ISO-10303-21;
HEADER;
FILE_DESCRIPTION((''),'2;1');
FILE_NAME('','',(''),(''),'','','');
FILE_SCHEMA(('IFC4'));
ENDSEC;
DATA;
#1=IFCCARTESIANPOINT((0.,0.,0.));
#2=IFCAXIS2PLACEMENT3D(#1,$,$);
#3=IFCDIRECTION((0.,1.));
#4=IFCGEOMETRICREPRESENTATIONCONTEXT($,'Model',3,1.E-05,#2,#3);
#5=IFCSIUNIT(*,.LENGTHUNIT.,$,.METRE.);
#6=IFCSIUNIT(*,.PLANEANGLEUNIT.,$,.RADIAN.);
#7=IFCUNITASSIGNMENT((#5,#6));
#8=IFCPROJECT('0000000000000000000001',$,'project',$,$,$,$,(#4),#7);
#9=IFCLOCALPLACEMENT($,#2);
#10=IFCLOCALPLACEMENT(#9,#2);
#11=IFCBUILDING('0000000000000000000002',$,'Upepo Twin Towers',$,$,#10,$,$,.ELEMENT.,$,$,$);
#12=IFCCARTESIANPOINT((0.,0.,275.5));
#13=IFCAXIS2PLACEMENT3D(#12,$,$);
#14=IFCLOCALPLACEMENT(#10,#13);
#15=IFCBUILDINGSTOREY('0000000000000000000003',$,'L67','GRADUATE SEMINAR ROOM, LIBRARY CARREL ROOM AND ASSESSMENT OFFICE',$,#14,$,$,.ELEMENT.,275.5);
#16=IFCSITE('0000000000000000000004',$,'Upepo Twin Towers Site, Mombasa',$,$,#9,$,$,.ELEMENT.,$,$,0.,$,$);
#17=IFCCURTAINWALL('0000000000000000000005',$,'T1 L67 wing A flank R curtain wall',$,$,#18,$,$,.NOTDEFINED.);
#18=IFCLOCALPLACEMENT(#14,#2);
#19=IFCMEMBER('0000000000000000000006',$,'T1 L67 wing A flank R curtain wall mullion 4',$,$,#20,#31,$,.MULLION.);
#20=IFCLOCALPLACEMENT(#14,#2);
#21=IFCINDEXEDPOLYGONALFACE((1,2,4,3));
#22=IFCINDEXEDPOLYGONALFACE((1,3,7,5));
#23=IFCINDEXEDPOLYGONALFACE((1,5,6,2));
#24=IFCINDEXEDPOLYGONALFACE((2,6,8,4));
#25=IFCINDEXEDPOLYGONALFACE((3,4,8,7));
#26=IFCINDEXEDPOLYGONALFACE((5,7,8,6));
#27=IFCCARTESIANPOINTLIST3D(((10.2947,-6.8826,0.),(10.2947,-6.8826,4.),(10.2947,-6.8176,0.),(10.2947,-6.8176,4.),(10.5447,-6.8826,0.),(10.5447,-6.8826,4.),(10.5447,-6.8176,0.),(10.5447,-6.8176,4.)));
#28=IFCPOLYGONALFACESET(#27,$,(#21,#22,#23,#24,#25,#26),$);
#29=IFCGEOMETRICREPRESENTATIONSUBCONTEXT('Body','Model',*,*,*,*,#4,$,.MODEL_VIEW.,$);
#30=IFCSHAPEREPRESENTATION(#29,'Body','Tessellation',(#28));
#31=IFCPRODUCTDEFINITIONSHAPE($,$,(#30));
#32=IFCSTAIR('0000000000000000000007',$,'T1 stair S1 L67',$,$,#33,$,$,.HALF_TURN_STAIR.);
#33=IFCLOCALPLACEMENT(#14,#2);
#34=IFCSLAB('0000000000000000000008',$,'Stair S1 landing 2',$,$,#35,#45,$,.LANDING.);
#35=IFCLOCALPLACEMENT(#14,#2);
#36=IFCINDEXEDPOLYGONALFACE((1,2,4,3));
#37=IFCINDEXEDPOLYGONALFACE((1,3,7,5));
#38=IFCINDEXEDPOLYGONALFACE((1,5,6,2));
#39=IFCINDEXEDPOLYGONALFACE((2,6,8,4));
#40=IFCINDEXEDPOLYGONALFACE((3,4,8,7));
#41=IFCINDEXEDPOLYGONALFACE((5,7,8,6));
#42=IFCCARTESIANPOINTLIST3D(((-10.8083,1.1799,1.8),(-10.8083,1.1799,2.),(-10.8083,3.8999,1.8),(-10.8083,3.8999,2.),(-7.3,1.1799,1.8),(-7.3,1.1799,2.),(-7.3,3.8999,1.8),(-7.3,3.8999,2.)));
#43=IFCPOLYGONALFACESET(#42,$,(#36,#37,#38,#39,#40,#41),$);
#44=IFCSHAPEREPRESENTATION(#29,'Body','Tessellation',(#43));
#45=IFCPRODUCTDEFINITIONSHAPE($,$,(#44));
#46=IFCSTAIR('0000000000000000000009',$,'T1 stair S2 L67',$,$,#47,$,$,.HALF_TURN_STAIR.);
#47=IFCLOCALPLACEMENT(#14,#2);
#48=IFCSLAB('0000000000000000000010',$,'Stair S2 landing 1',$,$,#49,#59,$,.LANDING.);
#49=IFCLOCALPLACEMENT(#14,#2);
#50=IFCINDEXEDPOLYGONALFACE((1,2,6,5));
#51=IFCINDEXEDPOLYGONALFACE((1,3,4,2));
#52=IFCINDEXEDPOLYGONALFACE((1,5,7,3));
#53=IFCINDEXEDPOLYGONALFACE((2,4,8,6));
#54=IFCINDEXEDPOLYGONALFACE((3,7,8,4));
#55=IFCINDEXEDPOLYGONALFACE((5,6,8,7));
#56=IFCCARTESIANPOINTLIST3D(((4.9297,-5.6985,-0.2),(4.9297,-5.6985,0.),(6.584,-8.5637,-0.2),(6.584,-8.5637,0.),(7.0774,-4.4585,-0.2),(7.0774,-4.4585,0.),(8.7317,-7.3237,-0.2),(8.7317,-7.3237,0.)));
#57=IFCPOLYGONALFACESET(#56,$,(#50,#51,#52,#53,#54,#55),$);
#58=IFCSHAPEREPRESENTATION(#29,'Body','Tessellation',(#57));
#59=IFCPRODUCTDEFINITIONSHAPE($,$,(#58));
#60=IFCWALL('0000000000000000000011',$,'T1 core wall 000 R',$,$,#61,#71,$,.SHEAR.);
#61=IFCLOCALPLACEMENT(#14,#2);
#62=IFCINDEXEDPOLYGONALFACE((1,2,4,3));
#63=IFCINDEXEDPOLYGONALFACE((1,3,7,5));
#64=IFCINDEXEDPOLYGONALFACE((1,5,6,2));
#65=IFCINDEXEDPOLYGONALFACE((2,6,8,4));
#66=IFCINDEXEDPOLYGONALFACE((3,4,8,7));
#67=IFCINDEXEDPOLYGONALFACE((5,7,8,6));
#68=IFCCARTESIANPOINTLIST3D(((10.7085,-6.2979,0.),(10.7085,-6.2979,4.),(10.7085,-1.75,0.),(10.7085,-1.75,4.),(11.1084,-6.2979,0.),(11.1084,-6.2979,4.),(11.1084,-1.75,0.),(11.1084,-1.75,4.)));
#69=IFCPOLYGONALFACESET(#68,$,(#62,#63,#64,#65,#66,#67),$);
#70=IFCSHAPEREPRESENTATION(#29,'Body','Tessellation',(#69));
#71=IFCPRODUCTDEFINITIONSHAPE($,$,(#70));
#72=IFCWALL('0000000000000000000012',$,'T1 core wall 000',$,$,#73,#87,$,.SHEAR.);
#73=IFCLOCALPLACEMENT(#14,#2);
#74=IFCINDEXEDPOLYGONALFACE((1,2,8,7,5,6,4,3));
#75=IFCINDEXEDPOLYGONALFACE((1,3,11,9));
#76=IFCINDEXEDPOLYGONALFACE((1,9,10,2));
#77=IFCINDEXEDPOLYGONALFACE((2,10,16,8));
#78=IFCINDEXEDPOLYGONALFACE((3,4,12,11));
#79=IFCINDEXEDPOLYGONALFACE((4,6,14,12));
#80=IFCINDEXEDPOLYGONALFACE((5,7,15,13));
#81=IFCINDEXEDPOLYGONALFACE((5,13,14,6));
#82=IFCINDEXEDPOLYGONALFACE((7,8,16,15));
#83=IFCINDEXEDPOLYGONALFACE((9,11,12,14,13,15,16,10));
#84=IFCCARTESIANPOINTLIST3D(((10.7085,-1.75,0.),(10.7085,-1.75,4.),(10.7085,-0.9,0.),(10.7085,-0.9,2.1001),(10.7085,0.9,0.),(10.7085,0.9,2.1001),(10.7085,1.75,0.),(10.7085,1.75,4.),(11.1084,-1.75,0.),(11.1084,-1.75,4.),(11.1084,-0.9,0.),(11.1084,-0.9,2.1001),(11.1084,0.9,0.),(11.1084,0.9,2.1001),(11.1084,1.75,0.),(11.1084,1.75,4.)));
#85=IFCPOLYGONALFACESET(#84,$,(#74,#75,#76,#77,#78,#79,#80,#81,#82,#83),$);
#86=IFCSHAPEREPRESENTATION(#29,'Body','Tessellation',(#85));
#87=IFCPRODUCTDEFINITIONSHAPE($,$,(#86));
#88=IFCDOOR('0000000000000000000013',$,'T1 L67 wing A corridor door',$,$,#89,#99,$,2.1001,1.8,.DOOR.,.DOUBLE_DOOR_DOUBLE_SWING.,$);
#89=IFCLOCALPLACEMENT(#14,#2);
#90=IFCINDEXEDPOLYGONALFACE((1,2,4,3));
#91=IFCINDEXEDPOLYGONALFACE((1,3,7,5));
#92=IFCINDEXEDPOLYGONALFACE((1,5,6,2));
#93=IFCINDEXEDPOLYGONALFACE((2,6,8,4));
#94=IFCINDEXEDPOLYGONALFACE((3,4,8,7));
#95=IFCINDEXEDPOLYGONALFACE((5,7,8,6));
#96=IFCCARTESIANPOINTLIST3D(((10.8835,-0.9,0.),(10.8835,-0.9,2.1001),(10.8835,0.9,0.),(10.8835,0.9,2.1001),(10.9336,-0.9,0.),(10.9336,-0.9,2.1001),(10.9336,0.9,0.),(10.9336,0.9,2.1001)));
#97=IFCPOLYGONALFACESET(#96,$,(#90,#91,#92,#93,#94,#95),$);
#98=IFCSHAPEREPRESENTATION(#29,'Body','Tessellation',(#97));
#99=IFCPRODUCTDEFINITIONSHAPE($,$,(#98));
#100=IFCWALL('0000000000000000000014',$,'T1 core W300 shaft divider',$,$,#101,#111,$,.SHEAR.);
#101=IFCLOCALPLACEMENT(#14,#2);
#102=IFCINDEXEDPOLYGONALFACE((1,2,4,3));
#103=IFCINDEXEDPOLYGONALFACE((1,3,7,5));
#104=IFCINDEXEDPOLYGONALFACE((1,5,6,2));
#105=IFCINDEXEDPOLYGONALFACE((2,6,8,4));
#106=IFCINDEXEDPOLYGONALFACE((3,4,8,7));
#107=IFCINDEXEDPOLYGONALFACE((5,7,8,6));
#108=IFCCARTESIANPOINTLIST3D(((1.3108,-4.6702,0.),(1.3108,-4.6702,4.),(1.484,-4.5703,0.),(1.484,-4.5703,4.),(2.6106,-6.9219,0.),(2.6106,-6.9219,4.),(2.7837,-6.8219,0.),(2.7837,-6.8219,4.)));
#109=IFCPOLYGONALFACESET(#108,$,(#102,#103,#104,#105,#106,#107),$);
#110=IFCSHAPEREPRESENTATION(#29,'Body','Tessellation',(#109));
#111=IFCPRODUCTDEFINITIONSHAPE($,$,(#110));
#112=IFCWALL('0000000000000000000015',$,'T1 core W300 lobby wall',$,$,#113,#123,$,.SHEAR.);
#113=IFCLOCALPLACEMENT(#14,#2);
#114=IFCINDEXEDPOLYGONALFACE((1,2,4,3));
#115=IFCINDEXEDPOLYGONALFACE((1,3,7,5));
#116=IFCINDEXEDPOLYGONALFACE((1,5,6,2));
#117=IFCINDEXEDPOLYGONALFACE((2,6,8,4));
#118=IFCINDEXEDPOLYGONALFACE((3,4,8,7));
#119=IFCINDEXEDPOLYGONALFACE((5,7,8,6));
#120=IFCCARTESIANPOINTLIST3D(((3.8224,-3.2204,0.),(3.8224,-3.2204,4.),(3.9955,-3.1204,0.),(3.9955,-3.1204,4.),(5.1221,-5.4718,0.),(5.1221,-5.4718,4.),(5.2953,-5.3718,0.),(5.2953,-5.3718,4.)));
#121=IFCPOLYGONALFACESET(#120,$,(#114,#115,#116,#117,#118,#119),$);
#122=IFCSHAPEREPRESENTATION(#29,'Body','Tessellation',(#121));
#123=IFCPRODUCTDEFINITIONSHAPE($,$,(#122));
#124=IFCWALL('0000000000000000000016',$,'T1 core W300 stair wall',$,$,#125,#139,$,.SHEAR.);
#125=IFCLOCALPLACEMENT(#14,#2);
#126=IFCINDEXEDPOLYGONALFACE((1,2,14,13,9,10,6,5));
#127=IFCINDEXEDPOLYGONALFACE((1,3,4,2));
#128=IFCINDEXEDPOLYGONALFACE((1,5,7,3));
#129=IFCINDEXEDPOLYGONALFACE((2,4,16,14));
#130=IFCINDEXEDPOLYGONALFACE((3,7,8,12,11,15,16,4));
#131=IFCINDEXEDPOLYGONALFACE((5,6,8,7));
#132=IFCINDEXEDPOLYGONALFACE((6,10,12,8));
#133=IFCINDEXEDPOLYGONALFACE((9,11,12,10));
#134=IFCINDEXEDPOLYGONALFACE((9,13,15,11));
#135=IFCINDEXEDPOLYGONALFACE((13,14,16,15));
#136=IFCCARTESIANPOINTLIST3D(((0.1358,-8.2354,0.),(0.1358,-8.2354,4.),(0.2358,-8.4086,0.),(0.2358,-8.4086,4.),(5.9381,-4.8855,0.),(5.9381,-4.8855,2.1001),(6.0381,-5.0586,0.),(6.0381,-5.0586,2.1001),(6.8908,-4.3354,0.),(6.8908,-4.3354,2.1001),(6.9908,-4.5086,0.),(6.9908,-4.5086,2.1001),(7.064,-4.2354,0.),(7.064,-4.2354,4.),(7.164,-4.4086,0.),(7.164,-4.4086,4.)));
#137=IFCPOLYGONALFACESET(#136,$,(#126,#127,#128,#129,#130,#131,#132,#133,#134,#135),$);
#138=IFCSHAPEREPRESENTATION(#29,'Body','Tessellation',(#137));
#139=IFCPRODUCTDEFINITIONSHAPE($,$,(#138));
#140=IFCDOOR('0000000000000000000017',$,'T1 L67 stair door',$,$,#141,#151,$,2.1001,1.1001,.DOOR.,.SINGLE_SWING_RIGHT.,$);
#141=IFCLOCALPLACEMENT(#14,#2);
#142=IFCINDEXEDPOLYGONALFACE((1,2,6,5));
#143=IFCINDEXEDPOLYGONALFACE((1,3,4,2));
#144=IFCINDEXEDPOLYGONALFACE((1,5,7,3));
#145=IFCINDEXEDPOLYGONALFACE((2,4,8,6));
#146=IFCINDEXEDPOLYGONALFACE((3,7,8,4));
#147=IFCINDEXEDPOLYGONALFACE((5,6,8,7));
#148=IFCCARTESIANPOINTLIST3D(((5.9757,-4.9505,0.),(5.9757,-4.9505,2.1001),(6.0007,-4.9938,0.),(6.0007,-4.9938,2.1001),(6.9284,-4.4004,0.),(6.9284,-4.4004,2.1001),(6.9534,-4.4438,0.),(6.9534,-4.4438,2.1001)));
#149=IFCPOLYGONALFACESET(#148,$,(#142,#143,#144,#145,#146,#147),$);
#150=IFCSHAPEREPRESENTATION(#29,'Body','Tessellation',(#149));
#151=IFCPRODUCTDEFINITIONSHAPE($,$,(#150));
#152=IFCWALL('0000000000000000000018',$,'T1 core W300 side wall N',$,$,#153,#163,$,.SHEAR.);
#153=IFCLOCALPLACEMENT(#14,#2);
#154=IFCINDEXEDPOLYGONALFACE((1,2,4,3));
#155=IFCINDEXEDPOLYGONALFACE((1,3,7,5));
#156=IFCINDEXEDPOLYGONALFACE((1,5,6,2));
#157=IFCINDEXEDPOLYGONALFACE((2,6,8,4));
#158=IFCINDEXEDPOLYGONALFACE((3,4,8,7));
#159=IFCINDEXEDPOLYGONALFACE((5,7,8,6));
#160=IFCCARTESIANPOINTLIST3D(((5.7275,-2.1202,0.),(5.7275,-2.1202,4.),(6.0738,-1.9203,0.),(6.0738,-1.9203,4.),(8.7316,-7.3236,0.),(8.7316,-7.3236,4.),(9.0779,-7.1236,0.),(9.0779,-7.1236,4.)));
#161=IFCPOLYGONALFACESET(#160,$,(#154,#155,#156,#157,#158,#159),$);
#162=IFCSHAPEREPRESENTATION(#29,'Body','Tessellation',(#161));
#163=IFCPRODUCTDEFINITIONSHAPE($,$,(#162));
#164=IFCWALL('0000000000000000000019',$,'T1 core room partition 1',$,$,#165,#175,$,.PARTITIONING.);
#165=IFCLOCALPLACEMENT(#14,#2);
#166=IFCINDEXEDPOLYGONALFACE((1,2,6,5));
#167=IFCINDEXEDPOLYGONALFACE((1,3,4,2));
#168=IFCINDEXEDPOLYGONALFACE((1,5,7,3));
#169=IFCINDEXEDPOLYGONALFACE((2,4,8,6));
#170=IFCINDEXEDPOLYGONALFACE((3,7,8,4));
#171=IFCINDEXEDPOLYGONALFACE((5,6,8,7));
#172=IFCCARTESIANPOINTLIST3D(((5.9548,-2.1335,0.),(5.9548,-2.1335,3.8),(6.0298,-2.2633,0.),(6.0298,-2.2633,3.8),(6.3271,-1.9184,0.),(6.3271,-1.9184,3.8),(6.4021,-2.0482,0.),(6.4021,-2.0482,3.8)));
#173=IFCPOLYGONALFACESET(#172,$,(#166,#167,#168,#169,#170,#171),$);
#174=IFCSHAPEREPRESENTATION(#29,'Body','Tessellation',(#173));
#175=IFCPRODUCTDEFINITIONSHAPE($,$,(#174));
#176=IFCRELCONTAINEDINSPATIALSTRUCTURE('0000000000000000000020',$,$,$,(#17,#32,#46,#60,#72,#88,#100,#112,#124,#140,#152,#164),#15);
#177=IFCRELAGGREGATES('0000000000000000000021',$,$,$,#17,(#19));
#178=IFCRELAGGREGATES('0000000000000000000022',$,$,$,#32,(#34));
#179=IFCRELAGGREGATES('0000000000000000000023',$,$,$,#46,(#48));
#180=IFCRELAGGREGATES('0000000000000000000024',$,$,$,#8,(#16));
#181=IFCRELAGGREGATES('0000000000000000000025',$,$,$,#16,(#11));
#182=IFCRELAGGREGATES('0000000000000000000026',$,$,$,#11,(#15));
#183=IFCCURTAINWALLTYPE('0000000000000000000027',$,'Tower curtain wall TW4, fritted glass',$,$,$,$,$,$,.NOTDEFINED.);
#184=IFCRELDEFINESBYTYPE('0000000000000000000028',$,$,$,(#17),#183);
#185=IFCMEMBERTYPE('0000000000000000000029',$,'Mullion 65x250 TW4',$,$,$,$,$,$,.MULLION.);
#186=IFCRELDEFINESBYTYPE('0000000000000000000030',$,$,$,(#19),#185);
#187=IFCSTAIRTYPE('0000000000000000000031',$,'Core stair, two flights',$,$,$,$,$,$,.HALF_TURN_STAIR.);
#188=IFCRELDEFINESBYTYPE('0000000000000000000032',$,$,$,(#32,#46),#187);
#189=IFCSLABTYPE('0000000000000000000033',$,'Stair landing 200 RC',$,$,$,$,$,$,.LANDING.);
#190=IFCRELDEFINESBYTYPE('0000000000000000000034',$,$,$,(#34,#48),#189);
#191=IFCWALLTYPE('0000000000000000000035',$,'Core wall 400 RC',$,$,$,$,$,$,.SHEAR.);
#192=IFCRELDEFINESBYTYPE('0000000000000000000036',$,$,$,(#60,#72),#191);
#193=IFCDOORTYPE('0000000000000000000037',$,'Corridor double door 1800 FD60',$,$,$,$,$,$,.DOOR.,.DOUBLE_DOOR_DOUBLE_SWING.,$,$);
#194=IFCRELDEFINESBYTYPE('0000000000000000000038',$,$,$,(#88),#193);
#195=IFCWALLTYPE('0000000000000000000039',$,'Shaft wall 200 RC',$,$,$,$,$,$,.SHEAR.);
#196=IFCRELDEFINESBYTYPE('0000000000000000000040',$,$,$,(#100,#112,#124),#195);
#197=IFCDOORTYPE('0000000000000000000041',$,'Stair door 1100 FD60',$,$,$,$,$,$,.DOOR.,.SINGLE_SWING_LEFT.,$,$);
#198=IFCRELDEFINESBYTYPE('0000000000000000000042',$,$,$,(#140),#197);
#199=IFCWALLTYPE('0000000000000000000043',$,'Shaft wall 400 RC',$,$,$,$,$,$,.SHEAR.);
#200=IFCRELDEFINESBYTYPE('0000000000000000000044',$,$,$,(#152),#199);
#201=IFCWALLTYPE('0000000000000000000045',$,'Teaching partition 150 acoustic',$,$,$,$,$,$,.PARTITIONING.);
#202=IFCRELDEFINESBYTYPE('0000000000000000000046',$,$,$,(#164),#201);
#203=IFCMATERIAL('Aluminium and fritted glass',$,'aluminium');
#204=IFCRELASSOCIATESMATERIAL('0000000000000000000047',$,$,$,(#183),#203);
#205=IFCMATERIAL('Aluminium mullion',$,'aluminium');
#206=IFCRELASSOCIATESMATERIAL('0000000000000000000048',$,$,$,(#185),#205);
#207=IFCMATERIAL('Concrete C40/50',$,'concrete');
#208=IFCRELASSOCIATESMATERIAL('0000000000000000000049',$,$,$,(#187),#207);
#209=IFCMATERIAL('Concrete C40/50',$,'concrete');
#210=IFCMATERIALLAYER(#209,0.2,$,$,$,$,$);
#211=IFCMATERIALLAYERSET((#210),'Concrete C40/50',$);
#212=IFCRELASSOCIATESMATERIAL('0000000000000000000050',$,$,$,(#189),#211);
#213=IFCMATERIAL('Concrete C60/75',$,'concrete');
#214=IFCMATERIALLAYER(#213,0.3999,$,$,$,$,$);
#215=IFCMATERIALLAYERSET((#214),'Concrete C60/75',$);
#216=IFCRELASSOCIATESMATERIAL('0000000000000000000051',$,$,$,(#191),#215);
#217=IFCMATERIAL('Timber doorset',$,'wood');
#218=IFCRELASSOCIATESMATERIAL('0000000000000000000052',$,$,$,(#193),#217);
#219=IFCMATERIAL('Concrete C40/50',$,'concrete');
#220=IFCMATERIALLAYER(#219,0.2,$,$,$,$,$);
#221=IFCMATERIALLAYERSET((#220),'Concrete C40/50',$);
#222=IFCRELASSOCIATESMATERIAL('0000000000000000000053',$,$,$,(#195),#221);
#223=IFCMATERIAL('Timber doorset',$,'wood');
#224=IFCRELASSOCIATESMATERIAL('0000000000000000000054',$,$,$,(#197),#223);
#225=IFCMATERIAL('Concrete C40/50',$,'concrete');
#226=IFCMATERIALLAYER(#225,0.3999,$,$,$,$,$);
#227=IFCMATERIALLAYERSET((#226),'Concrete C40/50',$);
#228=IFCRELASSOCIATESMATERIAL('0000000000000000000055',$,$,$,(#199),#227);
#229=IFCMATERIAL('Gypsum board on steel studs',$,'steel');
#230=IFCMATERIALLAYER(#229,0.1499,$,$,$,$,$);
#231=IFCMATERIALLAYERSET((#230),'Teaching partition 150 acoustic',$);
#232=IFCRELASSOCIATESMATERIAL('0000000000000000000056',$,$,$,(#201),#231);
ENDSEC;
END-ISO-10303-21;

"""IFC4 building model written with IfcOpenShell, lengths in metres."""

from ifc_helpers import new_model, si_unit, direction, frame, frame_2d, origin, origin_2d, place, context, subcontext, project, spatial, polyline, rectangle, outline, extrude, material, layer, layer_set, material_profile, profile_set, type_object, element, fill, aggregate, save


model = new_model("IFC4")

# Units and contexts
model_context = context("Model", 3, precision=1e-05, world=origin(), true_north=direction((0.0, 1.0)))
body_context = subcontext(model_context, "Body", "Model", "MODEL_VIEW")
ifc_project = project(units=[si_unit("LENGTHUNIT", "METRE"), si_unit("PLANEANGLEUNIT", "RADIAN")], contexts=[model_context])

# Site, building, storey
site_placement = place(None, origin())
site = spatial("IfcSite", under=ifc_project, at=site_placement, Name="Upepo Twin Towers Site, Mombasa", CompositionType="ELEMENT", RefElevation=0.0)
building_placement = place(site_placement, origin())
building = spatial("IfcBuilding", under=site, at=building_placement, Name="Upepo Twin Towers", CompositionType="ELEMENT")
storey_placement = place(building_placement, frame((0.0, 0.0, 275.5)))
storey = spatial("IfcBuildingStorey", under=building, at=storey_placement, Name="L67", Description="GRADUATE SEMINAR ROOM, LIBRARY CARREL ROOM AND ASSESSMENT OFFICE", CompositionType="ELEMENT", Elevation=275.5)

# Curtain wall, member
ifc_material_1 = material(Name="Aluminium and fritted glass", Category="aluminium")
curtain_wall_type = type_object("IfcCurtainWallType", Name="Tower curtain wall TW4, fritted glass", PredefinedType="NOTDEFINED", material=ifc_material_1)
curtain_wall_placement = place(storey_placement, origin())
curtain_wall = element("IfcCurtainWall", 1, at=curtain_wall_placement, inside=storey, type_object=curtain_wall_type, Name="T1 L67 wing A flank R curtain wall", PredefinedType="NOTDEFINED")
ifc_material_2 = material(Name="Aluminium mullion", Category="aluminium")
ifc_material_profile = material_profile(ifc_material_2, rectangle(XDim=0.0649, YDim=0.25, at=origin_2d()), Name="MULLION 65x250")
ifc_profile_set = profile_set([ifc_material_profile], Name="Aluminium mullion")
member_type = type_object("IfcMemberType", Name="Mullion 65x250 TW4", PredefinedType="MULLION", material=ifc_profile_set)
member_placement = place(storey_placement, frame((10.4197, -6.8501, 0.0), z_axis=(0.0, 0.0, 1.0), x_axis=(0.0, -1.0, 0.0)))
member = element("IfcMember", 2, at=member_placement, type_object=member_type, Name="T1 L67 wing A flank R curtain wall mullion 4", PredefinedType="MULLION", context=body_context, shape_type="SweptSolid", body=[
    extrude(rectangle(XDim=0.0649, YDim=0.25, at=origin_2d()), origin(), (0.0, 0.0, 1.0), 4.0),
])
aggregate(curtain_wall, [member])

# Stairs, slabs
ifc_material_3 = material(Name="Concrete C40/50", Category="concrete")
stair_type = type_object("IfcStairType", Name="Core stair, two flights", PredefinedType="HALF_TURN_STAIR", material=ifc_material_3)
stair_1_placement = place(storey_placement, origin())
stair_1 = element("IfcStair", 3, at=stair_1_placement, inside=storey, type_object=stair_type, Name="T1 stair S1 L67", PredefinedType="HALF_TURN_STAIR")
ifc_material_4 = material(Name="Concrete C40/50", Category="concrete")
ifc_layer_1 = layer(ifc_material_4, 0.2)
ifc_layer_set_1 = layer_set([ifc_layer_1], Name="Concrete C40/50")
slab_type = type_object("IfcSlabType", Name="Stair landing 200 RC", PredefinedType="LANDING", material=ifc_layer_set_1)
slab_1_placement = place(storey_placement, frame((0.0, 0.0, 1.8)))
slab_1 = element("IfcSlab", 4, at=slab_1_placement, type_object=slab_type, Name="Stair S1 landing 2", PredefinedType="LANDING", context=body_context, shape_type="SweptSolid", body=[
    extrude(outline(polyline([(-7.3, 3.8999), (-10.8083, 3.8999), (-10.8083, 1.1799), (-7.3, 1.1799), (-7.3, 3.8999)])), origin(), (0.0, 0.0, 1.0), 0.2),
])
aggregate(stair_1, [slab_1])
stair_2_placement = place(storey_placement, origin())
stair_2 = element("IfcStair", 5, at=stair_2_placement, inside=storey, type_object=stair_type, Name="T1 stair S2 L67", PredefinedType="HALF_TURN_STAIR")
slab_2_placement = place(storey_placement, frame((0.0, 0.0, -0.2)))
slab_2 = element("IfcSlab", 6, at=slab_2_placement, type_object=slab_type, Name="Stair S2 landing 1", PredefinedType="LANDING", context=body_context, shape_type="SweptSolid", body=[
    extrude(outline(polyline([(4.9297, -5.6985), (6.584, -8.5637), (8.7317, -7.3237), (7.0774, -4.4585), (4.9297, -5.6985)])), origin(), (0.0, 0.0, 1.0), 0.2),
])

# Wall
ifc_material_5 = material(Name="Concrete C60/75", Category="concrete")
ifc_layer_2 = layer(ifc_material_5, 0.3999)
ifc_layer_set_2 = layer_set([ifc_layer_2], Name="Concrete C60/75")
wall_type_1 = type_object("IfcWallType", Name="Core wall 400 RC", PredefinedType="SHEAR", material=ifc_layer_set_2)
wall_1_placement = place(storey_placement, frame((10.9084, -6.2979, 0.0), z_axis=(0.0, 0.0, 1.0), x_axis=(0.0, 1.0, 0.0)))
element("IfcWall", 7, at=wall_1_placement, inside=storey, type_object=wall_type_1, Name="T1 core wall 000 R", PredefinedType="SHEAR", context=body_context, shape_type="SweptSolid", body=[
    extrude(rectangle(XDim=4.5479, YDim=0.3999, at=frame_2d((2.2739, 0.0))), origin(), (0.0, 0.0, 1.0), 4.0),
])

# Wall, opening, door
wall_2_placement = place(storey_placement, frame((10.9084, -1.75, 0.0), z_axis=(0.0, 0.0, 1.0), x_axis=(0.0, 1.0, 0.0)))
wall_2 = element("IfcWall", 8, at=wall_2_placement, inside=storey, type_object=wall_type_1, Name="T1 core wall 000", PredefinedType="SHEAR", context=body_context, shape_type="SweptSolid", body=[
    extrude(rectangle(XDim=3.5, YDim=0.3999, at=frame_2d((1.75, 0.0))), origin(), (0.0, 0.0, 1.0), 4.0),
])
opening_1_placement = place(wall_2_placement, frame((0.8501, 0.0, 0.0)))
opening_1 = element("IfcOpeningElement", 9, at=opening_1_placement, cuts=wall_2, PredefinedType="OPENING", context=body_context, shape_type="SweptSolid", body=[
    extrude(rectangle(XDim=1.8, YDim=2.1001, at=frame_2d((0.8999, 1.05))), frame((0.0, 0.21, 0.0), z_axis=(0.0, -1.0, 0.0), x_axis=(1.0, 0.0, 0.0)), (0.0, 0.0, 1.0), 0.4199),
])
ifc_material_6 = material(Name="Timber doorset", Category="wood")
door_type_1 = type_object("IfcDoorType", Name="Corridor double door 1800 FD60", OperationType="DOUBLE_DOOR_DOUBLE_SWING", PredefinedType="DOOR", material=ifc_material_6)
door_1_placement = place(opening_1_placement, origin())
door_1 = element("IfcDoor", 10, at=door_1_placement, inside=storey, type_object=door_type_1, Name="T1 L67 wing A corridor door", OperationType="DOUBLE_DOOR_DOUBLE_SWING", OverallHeight=2.1001, OverallWidth=1.8, PredefinedType="DOOR", context=body_context, shape_type="SweptSolid", body=[
    extrude(rectangle(XDim=1.8, YDim=2.1001, at=frame_2d((0.8999, 1.05))), frame((0.0, 0.0249, 0.0), z_axis=(0.0, -1.0, 0.0), x_axis=(1.0, 0.0, 0.0)), (0.0, 0.0, 1.0), 0.05),
])
fill(opening_1, door_1)

# Walls
ifc_material_7 = material(Name="Concrete C40/50", Category="concrete")
ifc_layer_3 = layer(ifc_material_7, 0.2)
ifc_layer_set_3 = layer_set([ifc_layer_3], Name="Concrete C40/50")
wall_type_2 = type_object("IfcWallType", Name="Shaft wall 200 RC", PredefinedType="SHEAR", material=ifc_layer_set_3)
wall_3_placement = place(storey_placement, frame((1.3975, -4.6204, 0.0), z_axis=(0.0, 0.0, 1.0), x_axis=(0.499937, -0.866062, 0.0)))
element("IfcWall", 11, at=wall_3_placement, inside=storey, type_object=wall_type_2, Name="T1 core W300 shaft divider", PredefinedType="SHEAR", context=body_context, shape_type="SweptSolid", body=[
    extrude(rectangle(XDim=2.5999, YDim=0.2, at=frame_2d((1.2998, 0.0))), origin(), (0.0, 0.0, 1.0), 4.0),
])
wall_4_placement = place(storey_placement, frame((3.9089, -3.1704, 0.0), z_axis=(0.0, 0.0, 1.0), x_axis=(0.499977, -0.866039, 0.0)))
element("IfcWall", 12, at=wall_4_placement, inside=storey, type_object=wall_type_2, Name="T1 core W300 lobby wall", PredefinedType="SHEAR", context=body_context, shape_type="SweptSolid", body=[
    extrude(rectangle(XDim=2.5996, YDim=0.2, at=frame_2d((1.2998, 0.0))), origin(), (0.0, 0.0, 1.0), 4.0),
])

# Wall, opening, door
wall_5_placement = place(storey_placement, frame((0.1858, -8.322, 0.0), z_axis=(0.0, 0.0, 1.0), x_axis=(0.866026, 0.499999, 0.0)))
wall_5 = element("IfcWall", 13, at=wall_5_placement, inside=storey, type_object=wall_type_2, Name="T1 core W300 stair wall", PredefinedType="SHEAR", context=body_context, shape_type="SweptSolid", body=[
    extrude(rectangle(XDim=8.0, YDim=0.2, at=frame_2d((4.0, 0.0))), origin(), (0.0, 0.0, 1.0), 4.0),
])
opening_2_placement = place(wall_5_placement, frame((6.7, 0.0, 0.0)))
opening_2 = element("IfcOpeningElement", 14, at=opening_2_placement, cuts=wall_5, PredefinedType="OPENING", context=body_context, shape_type="SweptSolid", body=[
    extrude(rectangle(XDim=1.1001, YDim=2.1001, at=frame_2d((0.55, 1.05))), frame((0.0, 0.1099, 0.0), z_axis=(0.0, -1.0, 0.0), x_axis=(1.0, 0.0, 0.0)), (0.0, 0.0, 1.0), 0.22),
])
ifc_material_8 = material(Name="Timber doorset", Category="wood")
door_type_2 = type_object("IfcDoorType", Name="Stair door 1100 FD60", OperationType="SINGLE_SWING_LEFT", PredefinedType="DOOR", material=ifc_material_8)
door_2_placement = place(opening_2_placement, origin())
door_2 = element("IfcDoor", 15, at=door_2_placement, inside=storey, type_object=door_type_2, Name="T1 L67 stair door", OperationType="SINGLE_SWING_RIGHT", OverallHeight=2.1001, OverallWidth=1.1001, PredefinedType="DOOR", context=body_context, shape_type="SweptSolid", body=[
    extrude(rectangle(XDim=1.1001, YDim=2.1001, at=frame_2d((0.55, 1.05))), frame((0.0, 0.0249, 0.0), z_axis=(0.0, -1.0, 0.0), x_axis=(1.0, 0.0, 0.0)), (0.0, 0.0, 1.0), 0.05),
])
fill(opening_2, door_2)

# Walls
ifc_material_9 = material(Name="Concrete C40/50", Category="concrete")
ifc_layer_4 = layer(ifc_material_9, 0.3999)
ifc_layer_set_4 = layer_set([ifc_layer_4], Name="Concrete C40/50")
wall_type_3 = type_object("IfcWallType", Name="Shaft wall 400 RC", PredefinedType="SHEAR", material=ifc_layer_set_4)
wall_6_placement = place(storey_placement, frame((5.9006, -2.0203, 0.0), z_axis=(0.0, 0.0, 1.0), x_axis=(0.499998, -0.866027, 0.0)))
element("IfcWall", 16, at=wall_6_placement, inside=storey, type_object=wall_type_3, Name="T1 core W300 side wall N", PredefinedType="SHEAR", context=body_context, shape_type="SweptSolid", body=[
    extrude(rectangle(XDim=6.0083, YDim=0.3999, at=frame_2d((3.0042, 0.0))), origin(), (0.0, 0.0, 1.0), 4.0),
])
ifc_material_10 = material(Name="Gypsum board on steel studs", Category="steel")
ifc_layer_5 = layer(ifc_material_10, 0.1499)
ifc_layer_set_5 = layer_set([ifc_layer_5], Name="Teaching partition 150 acoustic")
wall_type_4 = type_object("IfcWallType", Name="Teaching partition 150 acoustic", PredefinedType="PARTITIONING", material=ifc_layer_set_5)
wall_7_placement = place(storey_placement, frame((6.3645, -1.9834, 0.0), z_axis=(0.0, 0.0, 1.0), x_axis=(-0.865892, -0.50023, 0.0)))
element("IfcWall", 17, at=wall_7_placement, inside=storey, type_object=wall_type_4, Name="T1 core room partition 1", PredefinedType="PARTITIONING", context=body_context, shape_type="SweptSolid", body=[
    extrude(rectangle(XDim=0.4299, YDim=0.1499, at=frame_2d((0.2148, 0.0))), origin(), (0.0, 0.0, 1.0), 3.8),
])

aggregate(stair_2, [slab_2])

save(model, "model.ifc")
